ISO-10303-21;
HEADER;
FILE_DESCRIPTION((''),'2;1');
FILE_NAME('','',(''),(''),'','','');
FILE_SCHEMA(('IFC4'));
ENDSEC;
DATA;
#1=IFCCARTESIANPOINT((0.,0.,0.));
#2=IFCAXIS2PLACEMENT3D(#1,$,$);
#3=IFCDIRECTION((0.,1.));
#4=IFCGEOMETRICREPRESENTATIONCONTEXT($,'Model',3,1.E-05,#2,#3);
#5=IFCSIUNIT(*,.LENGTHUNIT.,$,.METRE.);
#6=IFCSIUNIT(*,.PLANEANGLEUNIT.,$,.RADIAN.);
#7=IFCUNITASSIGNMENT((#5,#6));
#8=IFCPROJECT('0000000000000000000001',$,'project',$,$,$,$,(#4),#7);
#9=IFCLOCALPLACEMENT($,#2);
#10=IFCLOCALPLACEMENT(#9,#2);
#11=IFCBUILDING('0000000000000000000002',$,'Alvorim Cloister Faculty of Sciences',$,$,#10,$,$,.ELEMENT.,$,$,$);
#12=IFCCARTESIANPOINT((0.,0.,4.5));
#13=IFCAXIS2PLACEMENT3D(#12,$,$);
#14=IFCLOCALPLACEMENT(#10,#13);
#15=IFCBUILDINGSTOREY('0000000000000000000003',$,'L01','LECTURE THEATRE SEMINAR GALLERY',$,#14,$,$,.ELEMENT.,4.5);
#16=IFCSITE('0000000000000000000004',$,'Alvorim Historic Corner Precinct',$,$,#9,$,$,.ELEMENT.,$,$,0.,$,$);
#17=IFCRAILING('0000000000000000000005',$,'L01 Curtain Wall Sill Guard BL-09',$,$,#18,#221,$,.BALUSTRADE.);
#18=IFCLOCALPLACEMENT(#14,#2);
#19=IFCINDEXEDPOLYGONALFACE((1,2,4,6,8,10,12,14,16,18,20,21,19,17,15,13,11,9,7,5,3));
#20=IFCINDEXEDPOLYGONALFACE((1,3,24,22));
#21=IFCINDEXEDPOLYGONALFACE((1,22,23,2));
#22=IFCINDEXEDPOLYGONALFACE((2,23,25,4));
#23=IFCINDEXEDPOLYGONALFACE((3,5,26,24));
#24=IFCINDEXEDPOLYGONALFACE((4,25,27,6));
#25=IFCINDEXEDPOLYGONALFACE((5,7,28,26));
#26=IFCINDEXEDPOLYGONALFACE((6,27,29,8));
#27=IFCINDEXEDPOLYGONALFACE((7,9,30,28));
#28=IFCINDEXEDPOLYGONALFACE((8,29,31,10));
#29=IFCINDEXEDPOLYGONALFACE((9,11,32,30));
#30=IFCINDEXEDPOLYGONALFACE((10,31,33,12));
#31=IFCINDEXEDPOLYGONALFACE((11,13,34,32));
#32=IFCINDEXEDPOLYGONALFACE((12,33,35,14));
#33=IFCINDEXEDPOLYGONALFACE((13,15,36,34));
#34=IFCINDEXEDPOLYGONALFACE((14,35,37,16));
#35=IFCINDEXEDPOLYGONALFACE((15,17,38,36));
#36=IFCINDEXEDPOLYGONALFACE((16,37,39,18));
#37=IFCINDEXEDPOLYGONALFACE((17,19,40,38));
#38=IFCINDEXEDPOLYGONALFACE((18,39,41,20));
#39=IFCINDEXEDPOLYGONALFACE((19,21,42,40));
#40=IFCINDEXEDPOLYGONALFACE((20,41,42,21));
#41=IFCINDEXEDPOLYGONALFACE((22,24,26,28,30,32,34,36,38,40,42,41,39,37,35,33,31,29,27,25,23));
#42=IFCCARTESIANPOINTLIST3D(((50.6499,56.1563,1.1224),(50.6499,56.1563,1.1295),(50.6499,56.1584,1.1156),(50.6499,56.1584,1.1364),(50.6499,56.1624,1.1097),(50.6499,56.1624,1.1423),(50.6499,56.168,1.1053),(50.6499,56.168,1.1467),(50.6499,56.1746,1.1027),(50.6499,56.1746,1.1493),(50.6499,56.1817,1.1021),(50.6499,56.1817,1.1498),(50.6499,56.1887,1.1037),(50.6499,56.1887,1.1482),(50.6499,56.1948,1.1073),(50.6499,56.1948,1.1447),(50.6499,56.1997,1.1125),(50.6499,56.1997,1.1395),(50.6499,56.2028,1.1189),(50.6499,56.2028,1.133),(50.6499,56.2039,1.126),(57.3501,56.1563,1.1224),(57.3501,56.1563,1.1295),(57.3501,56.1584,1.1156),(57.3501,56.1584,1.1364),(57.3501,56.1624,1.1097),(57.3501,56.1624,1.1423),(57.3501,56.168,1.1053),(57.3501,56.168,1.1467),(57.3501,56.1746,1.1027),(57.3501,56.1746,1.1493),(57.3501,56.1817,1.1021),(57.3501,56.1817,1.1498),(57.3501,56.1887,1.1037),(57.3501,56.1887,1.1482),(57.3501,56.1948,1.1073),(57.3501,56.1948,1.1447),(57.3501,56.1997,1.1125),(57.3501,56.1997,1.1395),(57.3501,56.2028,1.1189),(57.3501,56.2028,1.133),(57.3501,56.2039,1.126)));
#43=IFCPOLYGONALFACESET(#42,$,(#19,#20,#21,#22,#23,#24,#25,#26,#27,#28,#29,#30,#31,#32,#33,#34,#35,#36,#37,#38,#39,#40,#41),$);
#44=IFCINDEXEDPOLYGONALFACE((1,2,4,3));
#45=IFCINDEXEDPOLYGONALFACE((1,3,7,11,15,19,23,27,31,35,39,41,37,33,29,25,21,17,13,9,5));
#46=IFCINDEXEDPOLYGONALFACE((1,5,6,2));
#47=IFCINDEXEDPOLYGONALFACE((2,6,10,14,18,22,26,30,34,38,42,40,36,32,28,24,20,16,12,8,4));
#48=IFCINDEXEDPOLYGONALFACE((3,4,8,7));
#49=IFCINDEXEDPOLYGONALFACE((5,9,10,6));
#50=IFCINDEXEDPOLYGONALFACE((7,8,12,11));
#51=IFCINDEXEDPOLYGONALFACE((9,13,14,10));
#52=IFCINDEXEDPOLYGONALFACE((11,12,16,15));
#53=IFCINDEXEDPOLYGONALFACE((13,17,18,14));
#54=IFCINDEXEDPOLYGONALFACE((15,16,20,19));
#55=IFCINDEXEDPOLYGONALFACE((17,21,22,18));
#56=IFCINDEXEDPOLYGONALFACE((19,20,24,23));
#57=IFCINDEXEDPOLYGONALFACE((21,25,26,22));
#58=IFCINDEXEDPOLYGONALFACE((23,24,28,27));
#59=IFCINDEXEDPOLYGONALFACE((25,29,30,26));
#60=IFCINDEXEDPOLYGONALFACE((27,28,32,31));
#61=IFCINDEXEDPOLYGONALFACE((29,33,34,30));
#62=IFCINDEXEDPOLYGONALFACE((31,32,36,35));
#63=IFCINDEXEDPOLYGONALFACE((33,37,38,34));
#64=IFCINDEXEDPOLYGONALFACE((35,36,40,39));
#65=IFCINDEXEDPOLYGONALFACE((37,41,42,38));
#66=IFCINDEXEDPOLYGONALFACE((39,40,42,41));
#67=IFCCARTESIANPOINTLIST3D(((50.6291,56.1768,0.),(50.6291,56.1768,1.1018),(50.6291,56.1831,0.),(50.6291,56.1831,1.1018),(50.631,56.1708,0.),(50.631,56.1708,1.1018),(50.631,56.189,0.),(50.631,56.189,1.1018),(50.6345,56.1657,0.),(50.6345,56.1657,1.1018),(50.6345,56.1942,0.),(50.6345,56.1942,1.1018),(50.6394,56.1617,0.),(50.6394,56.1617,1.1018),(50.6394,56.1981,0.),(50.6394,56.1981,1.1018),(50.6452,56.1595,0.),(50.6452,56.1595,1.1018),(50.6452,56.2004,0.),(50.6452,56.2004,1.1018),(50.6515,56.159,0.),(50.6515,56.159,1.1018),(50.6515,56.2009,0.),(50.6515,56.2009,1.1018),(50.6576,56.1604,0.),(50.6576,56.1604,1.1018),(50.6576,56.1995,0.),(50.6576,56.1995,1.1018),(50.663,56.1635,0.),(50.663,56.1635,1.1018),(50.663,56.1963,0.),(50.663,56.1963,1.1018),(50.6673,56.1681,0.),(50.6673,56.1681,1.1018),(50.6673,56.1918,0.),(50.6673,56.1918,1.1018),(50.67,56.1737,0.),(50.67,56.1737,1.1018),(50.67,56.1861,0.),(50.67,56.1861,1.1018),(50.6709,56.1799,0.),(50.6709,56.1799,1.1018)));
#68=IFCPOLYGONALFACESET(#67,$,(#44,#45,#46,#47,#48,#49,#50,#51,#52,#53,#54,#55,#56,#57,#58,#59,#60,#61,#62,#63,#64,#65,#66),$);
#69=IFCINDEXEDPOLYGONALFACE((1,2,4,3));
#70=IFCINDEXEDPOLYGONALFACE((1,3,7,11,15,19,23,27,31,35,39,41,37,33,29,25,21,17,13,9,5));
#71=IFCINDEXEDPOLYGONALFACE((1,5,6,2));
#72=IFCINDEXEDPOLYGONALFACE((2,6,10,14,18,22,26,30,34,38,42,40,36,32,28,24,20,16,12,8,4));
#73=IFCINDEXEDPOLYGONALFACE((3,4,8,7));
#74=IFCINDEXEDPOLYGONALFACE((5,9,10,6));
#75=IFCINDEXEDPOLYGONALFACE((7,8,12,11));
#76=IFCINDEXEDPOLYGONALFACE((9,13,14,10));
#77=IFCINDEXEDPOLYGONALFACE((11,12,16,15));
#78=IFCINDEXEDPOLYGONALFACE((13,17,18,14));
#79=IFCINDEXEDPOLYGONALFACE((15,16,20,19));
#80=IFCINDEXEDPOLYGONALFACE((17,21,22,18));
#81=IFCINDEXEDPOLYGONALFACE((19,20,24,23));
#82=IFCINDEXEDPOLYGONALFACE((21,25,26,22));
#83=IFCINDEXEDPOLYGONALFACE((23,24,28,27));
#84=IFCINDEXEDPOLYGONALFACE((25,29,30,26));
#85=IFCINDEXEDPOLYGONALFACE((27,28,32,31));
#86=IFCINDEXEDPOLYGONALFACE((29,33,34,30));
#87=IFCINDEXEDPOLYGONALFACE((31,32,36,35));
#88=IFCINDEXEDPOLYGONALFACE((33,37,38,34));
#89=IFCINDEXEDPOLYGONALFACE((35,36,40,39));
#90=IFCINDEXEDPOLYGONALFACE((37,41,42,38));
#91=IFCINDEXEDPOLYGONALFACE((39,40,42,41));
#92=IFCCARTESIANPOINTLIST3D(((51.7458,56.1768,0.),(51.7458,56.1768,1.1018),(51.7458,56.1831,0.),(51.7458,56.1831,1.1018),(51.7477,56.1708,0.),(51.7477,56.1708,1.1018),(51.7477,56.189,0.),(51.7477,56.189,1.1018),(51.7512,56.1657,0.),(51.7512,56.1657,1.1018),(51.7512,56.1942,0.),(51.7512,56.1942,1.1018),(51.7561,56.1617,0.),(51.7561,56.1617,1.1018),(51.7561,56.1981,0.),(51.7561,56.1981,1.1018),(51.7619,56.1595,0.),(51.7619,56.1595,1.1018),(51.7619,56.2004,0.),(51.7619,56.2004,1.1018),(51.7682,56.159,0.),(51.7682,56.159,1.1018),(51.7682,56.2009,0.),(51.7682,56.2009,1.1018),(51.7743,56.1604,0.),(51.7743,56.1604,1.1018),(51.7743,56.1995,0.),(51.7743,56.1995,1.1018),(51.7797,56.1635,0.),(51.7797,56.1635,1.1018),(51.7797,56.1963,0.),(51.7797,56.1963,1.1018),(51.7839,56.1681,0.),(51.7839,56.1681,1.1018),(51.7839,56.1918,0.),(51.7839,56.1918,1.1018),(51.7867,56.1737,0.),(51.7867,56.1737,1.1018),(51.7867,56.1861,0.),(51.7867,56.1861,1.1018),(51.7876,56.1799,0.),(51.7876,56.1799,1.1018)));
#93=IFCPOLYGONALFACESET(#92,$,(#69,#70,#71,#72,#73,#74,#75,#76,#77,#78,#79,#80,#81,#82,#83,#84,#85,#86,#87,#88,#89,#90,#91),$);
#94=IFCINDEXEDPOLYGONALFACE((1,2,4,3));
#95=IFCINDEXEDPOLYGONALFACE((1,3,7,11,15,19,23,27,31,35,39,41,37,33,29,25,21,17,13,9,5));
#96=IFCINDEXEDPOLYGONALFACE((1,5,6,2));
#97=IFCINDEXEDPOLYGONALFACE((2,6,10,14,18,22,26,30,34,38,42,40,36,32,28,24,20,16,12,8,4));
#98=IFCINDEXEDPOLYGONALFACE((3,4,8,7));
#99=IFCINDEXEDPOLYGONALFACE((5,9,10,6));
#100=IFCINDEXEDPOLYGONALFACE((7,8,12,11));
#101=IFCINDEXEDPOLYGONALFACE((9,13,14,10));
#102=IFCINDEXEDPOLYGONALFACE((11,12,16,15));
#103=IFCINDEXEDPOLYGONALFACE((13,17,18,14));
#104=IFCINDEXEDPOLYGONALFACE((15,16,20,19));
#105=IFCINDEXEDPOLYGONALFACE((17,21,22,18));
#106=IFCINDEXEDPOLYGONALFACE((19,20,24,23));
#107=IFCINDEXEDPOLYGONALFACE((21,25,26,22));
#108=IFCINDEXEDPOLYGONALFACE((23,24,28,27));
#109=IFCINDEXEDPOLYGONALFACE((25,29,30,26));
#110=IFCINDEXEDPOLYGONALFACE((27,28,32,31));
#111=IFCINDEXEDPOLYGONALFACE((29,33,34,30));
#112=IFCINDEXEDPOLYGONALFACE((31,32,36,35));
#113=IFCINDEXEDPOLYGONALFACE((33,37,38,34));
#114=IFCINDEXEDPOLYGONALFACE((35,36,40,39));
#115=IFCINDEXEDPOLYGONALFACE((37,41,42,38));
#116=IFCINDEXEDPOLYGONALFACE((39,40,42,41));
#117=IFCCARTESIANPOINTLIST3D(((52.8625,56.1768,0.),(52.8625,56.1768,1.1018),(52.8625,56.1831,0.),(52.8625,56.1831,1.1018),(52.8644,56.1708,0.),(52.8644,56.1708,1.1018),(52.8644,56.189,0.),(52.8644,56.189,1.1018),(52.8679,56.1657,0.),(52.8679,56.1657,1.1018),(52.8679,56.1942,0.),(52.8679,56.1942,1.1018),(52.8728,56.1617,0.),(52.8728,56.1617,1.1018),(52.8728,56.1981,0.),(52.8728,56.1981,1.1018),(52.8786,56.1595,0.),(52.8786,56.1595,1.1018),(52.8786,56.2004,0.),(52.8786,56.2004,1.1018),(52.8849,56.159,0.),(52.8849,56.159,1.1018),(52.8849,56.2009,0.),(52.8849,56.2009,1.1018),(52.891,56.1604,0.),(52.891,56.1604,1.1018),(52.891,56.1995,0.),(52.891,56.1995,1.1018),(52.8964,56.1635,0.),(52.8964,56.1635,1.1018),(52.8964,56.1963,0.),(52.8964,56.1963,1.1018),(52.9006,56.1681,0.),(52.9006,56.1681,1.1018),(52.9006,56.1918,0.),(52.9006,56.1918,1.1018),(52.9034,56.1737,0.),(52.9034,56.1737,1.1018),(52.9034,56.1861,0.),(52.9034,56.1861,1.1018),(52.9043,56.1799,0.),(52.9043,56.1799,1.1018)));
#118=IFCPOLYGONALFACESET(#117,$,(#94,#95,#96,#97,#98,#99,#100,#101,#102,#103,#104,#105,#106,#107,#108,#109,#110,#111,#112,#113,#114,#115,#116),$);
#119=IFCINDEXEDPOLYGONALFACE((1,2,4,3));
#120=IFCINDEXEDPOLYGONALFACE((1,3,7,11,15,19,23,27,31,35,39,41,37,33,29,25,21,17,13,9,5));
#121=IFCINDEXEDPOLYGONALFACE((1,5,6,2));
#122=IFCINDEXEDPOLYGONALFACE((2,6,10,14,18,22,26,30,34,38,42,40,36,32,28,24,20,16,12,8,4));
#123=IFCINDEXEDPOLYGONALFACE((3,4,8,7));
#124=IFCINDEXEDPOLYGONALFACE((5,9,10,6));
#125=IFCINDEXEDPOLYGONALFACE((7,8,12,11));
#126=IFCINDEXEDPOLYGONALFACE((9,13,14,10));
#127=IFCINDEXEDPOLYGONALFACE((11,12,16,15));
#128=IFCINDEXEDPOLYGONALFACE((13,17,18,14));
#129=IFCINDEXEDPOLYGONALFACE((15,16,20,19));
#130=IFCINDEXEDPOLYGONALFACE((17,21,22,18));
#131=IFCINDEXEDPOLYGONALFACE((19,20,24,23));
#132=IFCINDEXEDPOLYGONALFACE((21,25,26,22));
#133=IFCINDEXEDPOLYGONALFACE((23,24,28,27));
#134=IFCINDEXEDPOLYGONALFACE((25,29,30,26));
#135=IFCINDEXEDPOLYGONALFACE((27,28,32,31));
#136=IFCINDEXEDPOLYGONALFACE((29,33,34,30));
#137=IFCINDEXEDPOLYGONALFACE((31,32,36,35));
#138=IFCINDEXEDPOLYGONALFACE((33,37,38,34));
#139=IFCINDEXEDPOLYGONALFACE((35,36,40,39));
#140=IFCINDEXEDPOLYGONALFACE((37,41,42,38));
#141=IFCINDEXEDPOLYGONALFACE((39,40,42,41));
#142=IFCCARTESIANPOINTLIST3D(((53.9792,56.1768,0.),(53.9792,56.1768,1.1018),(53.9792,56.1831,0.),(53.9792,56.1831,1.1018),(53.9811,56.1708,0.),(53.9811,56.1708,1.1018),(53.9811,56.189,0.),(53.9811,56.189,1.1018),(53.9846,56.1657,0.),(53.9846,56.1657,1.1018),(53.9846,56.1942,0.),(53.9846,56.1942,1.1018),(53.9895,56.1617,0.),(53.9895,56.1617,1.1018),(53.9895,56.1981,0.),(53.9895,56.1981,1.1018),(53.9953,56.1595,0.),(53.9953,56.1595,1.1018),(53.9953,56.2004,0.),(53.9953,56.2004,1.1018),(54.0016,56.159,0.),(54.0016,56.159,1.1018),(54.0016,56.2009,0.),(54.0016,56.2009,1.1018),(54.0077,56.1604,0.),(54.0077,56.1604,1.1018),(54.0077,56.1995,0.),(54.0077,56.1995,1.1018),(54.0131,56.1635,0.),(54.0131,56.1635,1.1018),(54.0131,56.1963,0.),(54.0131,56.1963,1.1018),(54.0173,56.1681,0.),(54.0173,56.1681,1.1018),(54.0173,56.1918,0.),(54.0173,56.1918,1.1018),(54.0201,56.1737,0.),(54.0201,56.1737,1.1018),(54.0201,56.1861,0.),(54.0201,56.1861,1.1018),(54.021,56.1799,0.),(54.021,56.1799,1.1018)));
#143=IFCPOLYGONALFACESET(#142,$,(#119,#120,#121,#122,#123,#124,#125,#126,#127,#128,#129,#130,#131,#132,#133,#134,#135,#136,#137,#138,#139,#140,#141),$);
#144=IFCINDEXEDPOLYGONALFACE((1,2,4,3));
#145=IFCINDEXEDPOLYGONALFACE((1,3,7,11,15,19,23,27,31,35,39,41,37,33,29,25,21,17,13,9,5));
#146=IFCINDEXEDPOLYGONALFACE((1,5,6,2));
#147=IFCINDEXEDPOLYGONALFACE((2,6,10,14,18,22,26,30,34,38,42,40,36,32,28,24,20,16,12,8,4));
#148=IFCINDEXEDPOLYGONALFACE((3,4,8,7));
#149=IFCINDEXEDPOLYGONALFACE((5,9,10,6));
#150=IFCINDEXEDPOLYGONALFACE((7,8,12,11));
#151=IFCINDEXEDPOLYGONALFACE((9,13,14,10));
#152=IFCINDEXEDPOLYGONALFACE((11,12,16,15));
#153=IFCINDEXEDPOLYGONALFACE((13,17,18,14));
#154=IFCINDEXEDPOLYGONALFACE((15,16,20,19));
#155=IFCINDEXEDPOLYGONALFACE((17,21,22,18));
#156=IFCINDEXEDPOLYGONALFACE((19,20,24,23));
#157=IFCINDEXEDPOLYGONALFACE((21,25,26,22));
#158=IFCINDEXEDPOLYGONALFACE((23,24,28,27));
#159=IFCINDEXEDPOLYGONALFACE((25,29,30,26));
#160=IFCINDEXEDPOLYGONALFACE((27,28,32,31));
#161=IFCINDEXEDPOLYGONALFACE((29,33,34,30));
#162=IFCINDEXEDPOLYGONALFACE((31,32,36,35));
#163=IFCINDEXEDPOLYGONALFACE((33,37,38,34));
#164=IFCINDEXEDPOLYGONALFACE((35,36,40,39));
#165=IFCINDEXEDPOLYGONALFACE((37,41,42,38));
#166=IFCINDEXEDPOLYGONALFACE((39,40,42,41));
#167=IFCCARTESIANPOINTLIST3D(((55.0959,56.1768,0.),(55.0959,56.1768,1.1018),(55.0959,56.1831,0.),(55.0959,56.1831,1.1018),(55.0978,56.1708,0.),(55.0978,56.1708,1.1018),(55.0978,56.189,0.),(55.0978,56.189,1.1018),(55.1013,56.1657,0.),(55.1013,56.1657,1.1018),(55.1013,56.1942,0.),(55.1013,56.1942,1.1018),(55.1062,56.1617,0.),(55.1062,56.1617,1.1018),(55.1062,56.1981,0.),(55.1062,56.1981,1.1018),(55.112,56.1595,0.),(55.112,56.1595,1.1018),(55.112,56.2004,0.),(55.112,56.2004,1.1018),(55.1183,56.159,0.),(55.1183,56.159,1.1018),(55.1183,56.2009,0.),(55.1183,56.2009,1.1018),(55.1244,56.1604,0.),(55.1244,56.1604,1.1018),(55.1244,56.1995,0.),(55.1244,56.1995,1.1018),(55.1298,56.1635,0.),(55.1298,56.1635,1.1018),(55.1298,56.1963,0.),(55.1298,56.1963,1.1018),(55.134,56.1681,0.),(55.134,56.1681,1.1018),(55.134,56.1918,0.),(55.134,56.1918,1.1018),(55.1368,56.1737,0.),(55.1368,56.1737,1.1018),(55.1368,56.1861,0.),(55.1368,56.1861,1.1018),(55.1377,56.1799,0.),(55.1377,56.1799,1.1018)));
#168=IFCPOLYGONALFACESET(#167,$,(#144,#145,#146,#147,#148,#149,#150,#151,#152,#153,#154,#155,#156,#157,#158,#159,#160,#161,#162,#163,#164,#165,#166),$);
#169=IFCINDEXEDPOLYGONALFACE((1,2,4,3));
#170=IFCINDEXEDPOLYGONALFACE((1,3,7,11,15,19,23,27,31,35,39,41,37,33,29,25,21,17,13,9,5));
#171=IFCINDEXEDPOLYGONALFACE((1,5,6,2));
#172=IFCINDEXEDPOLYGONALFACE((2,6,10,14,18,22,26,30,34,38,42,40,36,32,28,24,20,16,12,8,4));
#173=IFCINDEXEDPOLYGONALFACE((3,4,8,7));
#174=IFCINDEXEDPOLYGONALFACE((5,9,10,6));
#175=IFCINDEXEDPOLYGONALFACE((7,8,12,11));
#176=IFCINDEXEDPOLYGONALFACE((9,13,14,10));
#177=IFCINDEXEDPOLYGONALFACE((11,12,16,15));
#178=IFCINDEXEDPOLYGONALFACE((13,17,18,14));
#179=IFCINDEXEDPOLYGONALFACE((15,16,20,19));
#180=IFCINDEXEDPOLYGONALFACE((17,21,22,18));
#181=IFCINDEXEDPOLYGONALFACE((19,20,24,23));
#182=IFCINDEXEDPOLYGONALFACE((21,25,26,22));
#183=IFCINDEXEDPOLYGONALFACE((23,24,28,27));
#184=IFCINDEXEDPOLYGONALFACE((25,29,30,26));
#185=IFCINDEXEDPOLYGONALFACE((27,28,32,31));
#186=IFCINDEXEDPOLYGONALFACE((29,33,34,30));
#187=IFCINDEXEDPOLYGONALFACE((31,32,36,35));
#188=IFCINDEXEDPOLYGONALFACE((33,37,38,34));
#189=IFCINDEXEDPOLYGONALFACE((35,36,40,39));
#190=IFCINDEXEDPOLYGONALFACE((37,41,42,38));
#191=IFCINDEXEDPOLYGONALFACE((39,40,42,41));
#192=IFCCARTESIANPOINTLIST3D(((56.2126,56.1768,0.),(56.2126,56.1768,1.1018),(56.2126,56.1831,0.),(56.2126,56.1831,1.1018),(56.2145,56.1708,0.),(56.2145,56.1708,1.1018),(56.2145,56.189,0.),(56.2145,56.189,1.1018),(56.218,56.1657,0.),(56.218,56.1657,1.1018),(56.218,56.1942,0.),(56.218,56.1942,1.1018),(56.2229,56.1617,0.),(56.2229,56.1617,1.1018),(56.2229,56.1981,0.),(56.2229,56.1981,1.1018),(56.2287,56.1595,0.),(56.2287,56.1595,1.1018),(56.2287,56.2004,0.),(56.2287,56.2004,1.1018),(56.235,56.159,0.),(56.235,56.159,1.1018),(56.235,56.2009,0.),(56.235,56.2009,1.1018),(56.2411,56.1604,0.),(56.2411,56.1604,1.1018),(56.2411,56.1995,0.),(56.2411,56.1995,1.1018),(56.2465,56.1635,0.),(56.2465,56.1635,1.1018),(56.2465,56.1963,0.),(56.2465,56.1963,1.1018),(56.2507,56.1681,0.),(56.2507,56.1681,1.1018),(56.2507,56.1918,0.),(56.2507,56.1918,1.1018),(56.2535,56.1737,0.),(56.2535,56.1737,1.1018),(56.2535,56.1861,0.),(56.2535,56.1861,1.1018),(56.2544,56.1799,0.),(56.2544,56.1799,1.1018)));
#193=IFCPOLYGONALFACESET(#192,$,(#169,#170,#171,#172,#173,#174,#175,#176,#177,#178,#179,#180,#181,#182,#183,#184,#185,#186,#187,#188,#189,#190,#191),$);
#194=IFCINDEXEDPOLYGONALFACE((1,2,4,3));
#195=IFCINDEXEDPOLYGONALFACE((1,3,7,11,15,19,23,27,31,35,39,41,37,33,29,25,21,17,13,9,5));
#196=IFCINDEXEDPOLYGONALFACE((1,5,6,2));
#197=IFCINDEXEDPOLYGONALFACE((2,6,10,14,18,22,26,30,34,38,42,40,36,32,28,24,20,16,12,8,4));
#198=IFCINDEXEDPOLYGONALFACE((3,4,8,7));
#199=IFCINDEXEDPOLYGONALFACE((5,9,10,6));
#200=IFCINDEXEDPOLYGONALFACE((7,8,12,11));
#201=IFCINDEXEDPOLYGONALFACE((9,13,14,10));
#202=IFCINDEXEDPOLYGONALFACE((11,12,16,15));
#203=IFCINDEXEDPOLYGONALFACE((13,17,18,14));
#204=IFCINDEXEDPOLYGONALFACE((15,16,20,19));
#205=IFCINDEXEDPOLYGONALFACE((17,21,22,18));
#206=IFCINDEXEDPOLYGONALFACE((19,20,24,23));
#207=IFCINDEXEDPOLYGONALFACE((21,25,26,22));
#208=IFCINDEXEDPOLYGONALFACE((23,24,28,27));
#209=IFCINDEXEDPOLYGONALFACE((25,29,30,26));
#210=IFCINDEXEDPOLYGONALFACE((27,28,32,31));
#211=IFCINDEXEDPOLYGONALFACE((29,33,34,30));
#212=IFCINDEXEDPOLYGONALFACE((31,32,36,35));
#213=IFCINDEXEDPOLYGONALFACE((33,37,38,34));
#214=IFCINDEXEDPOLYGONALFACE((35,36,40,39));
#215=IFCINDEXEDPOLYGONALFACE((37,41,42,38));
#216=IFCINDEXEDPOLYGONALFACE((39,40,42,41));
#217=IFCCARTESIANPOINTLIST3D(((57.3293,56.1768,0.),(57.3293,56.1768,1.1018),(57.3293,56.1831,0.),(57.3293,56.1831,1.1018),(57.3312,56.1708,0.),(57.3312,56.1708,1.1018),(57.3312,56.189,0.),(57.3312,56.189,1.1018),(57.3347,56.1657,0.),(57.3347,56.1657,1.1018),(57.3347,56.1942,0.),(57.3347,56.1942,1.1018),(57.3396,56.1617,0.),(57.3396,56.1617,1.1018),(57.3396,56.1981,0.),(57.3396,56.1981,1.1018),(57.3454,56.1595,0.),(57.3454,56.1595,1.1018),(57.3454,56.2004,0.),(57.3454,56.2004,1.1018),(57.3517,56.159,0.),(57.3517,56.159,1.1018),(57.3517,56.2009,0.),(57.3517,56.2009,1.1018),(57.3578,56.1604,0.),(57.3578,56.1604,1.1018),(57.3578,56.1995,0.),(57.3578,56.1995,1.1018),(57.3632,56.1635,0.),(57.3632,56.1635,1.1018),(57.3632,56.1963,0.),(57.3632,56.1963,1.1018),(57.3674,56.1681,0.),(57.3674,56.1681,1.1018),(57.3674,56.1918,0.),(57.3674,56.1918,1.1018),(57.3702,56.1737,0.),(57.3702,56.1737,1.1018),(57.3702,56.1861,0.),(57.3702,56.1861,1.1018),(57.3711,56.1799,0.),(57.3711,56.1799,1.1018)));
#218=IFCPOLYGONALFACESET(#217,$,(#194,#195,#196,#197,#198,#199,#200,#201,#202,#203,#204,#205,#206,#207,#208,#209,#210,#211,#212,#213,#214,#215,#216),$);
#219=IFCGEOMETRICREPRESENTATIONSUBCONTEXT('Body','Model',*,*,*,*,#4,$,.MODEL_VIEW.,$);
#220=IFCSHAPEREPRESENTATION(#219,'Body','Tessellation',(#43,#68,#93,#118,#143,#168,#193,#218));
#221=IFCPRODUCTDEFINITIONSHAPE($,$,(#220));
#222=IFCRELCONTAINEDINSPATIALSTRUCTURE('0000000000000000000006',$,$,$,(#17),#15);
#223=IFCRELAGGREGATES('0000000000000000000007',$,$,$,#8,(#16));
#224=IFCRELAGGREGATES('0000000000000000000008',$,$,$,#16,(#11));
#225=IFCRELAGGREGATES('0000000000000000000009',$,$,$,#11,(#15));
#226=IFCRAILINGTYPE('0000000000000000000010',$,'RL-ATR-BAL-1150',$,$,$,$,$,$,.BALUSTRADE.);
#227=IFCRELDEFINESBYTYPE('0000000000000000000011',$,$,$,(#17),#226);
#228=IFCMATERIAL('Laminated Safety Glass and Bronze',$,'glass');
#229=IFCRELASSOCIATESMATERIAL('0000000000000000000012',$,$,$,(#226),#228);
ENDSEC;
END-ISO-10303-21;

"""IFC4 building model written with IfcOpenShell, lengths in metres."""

from ifc_helpers import new_model, si_unit, direction, frame, origin, origin_2d, place, context, subcontext, project, spatial, circle, extrude, material, type_object, element, save


model = new_model("IFC4")

# Units and contexts
model_context = context("Model", 3, precision=1e-05, world=origin(), true_north=direction((0.0, 1.0)))
body_context = subcontext(model_context, "Body", "Model", "MODEL_VIEW")
ifc_project = project(units=[si_unit("LENGTHUNIT", "METRE"), si_unit("PLANEANGLEUNIT", "RADIAN")], contexts=[model_context])

# Site, building, storey
site_placement = place(None, origin())
site = spatial("IfcSite", under=ifc_project, at=site_placement, Name="Alvorim Historic Corner Precinct", CompositionType="ELEMENT", RefElevation=0.0)
building_placement = place(site_placement, origin())
building = spatial("IfcBuilding", under=site, at=building_placement, Name="Alvorim Cloister Faculty of Sciences", CompositionType="ELEMENT")
storey_placement = place(building_placement, frame((0.0, 0.0, 4.5)))
storey = spatial("IfcBuildingStorey", under=building, at=storey_placement, Name="L01", Description="LECTURE THEATRE SEMINAR GALLERY", CompositionType="ELEMENT", Elevation=4.5)

# Railing
ifc_material_1 = material(Name="Laminated Safety Glass and Bronze", Category="glass")
railing_type = type_object("IfcRailingType", Name="RL-ATR-BAL-1150", PredefinedType="BALUSTRADE", material=ifc_material_1)
railing_placement = place(storey_placement, frame((50.6499, 56.1799, 0.0)))
element("IfcRailing", 1, at=railing_placement, inside=storey, type_object=railing_type, Name="L01 Curtain Wall Sill Guard BL-09", PredefinedType="BALUSTRADE", context=body_context, shape_type="SweptSolid", body=[
    extrude(circle(Radius=0.0239, at=origin_2d()), frame((0.0, 0.0, 1.126), z_axis=(1.0, 0.0, 0.0), x_axis=(0.0, 1.0, 0.0)), (0.0, 0.0, 1.0), 6.7002),
    extrude(circle(Radius=0.021, at=origin_2d()), origin(), (0.0, 0.0, 1.0), 1.1018),
    extrude(circle(Radius=0.021, at=origin_2d()), frame((1.1167, 0.0, 0.0)), (0.0, 0.0, 1.0), 1.1018),
    extrude(circle(Radius=0.021, at=origin_2d()), frame((2.2334, 0.0, 0.0)), (0.0, 0.0, 1.0), 1.1018),
    extrude(circle(Radius=0.021, at=origin_2d()), frame((3.3501, 0.0, 0.0)), (0.0, 0.0, 1.0), 1.1018),
    extrude(circle(Radius=0.021, at=origin_2d()), frame((4.4668, 0.0, 0.0)), (0.0, 0.0, 1.0), 1.1018),
    extrude(circle(Radius=0.021, at=origin_2d()), frame((5.5835, 0.0, 0.0)), (0.0, 0.0, 1.0), 1.1018),
    extrude(circle(Radius=0.021, at=origin_2d()), frame((6.7002, 0.0, 0.0)), (0.0, 0.0, 1.0), 1.1018),
])

save(model, "model.ifc")
